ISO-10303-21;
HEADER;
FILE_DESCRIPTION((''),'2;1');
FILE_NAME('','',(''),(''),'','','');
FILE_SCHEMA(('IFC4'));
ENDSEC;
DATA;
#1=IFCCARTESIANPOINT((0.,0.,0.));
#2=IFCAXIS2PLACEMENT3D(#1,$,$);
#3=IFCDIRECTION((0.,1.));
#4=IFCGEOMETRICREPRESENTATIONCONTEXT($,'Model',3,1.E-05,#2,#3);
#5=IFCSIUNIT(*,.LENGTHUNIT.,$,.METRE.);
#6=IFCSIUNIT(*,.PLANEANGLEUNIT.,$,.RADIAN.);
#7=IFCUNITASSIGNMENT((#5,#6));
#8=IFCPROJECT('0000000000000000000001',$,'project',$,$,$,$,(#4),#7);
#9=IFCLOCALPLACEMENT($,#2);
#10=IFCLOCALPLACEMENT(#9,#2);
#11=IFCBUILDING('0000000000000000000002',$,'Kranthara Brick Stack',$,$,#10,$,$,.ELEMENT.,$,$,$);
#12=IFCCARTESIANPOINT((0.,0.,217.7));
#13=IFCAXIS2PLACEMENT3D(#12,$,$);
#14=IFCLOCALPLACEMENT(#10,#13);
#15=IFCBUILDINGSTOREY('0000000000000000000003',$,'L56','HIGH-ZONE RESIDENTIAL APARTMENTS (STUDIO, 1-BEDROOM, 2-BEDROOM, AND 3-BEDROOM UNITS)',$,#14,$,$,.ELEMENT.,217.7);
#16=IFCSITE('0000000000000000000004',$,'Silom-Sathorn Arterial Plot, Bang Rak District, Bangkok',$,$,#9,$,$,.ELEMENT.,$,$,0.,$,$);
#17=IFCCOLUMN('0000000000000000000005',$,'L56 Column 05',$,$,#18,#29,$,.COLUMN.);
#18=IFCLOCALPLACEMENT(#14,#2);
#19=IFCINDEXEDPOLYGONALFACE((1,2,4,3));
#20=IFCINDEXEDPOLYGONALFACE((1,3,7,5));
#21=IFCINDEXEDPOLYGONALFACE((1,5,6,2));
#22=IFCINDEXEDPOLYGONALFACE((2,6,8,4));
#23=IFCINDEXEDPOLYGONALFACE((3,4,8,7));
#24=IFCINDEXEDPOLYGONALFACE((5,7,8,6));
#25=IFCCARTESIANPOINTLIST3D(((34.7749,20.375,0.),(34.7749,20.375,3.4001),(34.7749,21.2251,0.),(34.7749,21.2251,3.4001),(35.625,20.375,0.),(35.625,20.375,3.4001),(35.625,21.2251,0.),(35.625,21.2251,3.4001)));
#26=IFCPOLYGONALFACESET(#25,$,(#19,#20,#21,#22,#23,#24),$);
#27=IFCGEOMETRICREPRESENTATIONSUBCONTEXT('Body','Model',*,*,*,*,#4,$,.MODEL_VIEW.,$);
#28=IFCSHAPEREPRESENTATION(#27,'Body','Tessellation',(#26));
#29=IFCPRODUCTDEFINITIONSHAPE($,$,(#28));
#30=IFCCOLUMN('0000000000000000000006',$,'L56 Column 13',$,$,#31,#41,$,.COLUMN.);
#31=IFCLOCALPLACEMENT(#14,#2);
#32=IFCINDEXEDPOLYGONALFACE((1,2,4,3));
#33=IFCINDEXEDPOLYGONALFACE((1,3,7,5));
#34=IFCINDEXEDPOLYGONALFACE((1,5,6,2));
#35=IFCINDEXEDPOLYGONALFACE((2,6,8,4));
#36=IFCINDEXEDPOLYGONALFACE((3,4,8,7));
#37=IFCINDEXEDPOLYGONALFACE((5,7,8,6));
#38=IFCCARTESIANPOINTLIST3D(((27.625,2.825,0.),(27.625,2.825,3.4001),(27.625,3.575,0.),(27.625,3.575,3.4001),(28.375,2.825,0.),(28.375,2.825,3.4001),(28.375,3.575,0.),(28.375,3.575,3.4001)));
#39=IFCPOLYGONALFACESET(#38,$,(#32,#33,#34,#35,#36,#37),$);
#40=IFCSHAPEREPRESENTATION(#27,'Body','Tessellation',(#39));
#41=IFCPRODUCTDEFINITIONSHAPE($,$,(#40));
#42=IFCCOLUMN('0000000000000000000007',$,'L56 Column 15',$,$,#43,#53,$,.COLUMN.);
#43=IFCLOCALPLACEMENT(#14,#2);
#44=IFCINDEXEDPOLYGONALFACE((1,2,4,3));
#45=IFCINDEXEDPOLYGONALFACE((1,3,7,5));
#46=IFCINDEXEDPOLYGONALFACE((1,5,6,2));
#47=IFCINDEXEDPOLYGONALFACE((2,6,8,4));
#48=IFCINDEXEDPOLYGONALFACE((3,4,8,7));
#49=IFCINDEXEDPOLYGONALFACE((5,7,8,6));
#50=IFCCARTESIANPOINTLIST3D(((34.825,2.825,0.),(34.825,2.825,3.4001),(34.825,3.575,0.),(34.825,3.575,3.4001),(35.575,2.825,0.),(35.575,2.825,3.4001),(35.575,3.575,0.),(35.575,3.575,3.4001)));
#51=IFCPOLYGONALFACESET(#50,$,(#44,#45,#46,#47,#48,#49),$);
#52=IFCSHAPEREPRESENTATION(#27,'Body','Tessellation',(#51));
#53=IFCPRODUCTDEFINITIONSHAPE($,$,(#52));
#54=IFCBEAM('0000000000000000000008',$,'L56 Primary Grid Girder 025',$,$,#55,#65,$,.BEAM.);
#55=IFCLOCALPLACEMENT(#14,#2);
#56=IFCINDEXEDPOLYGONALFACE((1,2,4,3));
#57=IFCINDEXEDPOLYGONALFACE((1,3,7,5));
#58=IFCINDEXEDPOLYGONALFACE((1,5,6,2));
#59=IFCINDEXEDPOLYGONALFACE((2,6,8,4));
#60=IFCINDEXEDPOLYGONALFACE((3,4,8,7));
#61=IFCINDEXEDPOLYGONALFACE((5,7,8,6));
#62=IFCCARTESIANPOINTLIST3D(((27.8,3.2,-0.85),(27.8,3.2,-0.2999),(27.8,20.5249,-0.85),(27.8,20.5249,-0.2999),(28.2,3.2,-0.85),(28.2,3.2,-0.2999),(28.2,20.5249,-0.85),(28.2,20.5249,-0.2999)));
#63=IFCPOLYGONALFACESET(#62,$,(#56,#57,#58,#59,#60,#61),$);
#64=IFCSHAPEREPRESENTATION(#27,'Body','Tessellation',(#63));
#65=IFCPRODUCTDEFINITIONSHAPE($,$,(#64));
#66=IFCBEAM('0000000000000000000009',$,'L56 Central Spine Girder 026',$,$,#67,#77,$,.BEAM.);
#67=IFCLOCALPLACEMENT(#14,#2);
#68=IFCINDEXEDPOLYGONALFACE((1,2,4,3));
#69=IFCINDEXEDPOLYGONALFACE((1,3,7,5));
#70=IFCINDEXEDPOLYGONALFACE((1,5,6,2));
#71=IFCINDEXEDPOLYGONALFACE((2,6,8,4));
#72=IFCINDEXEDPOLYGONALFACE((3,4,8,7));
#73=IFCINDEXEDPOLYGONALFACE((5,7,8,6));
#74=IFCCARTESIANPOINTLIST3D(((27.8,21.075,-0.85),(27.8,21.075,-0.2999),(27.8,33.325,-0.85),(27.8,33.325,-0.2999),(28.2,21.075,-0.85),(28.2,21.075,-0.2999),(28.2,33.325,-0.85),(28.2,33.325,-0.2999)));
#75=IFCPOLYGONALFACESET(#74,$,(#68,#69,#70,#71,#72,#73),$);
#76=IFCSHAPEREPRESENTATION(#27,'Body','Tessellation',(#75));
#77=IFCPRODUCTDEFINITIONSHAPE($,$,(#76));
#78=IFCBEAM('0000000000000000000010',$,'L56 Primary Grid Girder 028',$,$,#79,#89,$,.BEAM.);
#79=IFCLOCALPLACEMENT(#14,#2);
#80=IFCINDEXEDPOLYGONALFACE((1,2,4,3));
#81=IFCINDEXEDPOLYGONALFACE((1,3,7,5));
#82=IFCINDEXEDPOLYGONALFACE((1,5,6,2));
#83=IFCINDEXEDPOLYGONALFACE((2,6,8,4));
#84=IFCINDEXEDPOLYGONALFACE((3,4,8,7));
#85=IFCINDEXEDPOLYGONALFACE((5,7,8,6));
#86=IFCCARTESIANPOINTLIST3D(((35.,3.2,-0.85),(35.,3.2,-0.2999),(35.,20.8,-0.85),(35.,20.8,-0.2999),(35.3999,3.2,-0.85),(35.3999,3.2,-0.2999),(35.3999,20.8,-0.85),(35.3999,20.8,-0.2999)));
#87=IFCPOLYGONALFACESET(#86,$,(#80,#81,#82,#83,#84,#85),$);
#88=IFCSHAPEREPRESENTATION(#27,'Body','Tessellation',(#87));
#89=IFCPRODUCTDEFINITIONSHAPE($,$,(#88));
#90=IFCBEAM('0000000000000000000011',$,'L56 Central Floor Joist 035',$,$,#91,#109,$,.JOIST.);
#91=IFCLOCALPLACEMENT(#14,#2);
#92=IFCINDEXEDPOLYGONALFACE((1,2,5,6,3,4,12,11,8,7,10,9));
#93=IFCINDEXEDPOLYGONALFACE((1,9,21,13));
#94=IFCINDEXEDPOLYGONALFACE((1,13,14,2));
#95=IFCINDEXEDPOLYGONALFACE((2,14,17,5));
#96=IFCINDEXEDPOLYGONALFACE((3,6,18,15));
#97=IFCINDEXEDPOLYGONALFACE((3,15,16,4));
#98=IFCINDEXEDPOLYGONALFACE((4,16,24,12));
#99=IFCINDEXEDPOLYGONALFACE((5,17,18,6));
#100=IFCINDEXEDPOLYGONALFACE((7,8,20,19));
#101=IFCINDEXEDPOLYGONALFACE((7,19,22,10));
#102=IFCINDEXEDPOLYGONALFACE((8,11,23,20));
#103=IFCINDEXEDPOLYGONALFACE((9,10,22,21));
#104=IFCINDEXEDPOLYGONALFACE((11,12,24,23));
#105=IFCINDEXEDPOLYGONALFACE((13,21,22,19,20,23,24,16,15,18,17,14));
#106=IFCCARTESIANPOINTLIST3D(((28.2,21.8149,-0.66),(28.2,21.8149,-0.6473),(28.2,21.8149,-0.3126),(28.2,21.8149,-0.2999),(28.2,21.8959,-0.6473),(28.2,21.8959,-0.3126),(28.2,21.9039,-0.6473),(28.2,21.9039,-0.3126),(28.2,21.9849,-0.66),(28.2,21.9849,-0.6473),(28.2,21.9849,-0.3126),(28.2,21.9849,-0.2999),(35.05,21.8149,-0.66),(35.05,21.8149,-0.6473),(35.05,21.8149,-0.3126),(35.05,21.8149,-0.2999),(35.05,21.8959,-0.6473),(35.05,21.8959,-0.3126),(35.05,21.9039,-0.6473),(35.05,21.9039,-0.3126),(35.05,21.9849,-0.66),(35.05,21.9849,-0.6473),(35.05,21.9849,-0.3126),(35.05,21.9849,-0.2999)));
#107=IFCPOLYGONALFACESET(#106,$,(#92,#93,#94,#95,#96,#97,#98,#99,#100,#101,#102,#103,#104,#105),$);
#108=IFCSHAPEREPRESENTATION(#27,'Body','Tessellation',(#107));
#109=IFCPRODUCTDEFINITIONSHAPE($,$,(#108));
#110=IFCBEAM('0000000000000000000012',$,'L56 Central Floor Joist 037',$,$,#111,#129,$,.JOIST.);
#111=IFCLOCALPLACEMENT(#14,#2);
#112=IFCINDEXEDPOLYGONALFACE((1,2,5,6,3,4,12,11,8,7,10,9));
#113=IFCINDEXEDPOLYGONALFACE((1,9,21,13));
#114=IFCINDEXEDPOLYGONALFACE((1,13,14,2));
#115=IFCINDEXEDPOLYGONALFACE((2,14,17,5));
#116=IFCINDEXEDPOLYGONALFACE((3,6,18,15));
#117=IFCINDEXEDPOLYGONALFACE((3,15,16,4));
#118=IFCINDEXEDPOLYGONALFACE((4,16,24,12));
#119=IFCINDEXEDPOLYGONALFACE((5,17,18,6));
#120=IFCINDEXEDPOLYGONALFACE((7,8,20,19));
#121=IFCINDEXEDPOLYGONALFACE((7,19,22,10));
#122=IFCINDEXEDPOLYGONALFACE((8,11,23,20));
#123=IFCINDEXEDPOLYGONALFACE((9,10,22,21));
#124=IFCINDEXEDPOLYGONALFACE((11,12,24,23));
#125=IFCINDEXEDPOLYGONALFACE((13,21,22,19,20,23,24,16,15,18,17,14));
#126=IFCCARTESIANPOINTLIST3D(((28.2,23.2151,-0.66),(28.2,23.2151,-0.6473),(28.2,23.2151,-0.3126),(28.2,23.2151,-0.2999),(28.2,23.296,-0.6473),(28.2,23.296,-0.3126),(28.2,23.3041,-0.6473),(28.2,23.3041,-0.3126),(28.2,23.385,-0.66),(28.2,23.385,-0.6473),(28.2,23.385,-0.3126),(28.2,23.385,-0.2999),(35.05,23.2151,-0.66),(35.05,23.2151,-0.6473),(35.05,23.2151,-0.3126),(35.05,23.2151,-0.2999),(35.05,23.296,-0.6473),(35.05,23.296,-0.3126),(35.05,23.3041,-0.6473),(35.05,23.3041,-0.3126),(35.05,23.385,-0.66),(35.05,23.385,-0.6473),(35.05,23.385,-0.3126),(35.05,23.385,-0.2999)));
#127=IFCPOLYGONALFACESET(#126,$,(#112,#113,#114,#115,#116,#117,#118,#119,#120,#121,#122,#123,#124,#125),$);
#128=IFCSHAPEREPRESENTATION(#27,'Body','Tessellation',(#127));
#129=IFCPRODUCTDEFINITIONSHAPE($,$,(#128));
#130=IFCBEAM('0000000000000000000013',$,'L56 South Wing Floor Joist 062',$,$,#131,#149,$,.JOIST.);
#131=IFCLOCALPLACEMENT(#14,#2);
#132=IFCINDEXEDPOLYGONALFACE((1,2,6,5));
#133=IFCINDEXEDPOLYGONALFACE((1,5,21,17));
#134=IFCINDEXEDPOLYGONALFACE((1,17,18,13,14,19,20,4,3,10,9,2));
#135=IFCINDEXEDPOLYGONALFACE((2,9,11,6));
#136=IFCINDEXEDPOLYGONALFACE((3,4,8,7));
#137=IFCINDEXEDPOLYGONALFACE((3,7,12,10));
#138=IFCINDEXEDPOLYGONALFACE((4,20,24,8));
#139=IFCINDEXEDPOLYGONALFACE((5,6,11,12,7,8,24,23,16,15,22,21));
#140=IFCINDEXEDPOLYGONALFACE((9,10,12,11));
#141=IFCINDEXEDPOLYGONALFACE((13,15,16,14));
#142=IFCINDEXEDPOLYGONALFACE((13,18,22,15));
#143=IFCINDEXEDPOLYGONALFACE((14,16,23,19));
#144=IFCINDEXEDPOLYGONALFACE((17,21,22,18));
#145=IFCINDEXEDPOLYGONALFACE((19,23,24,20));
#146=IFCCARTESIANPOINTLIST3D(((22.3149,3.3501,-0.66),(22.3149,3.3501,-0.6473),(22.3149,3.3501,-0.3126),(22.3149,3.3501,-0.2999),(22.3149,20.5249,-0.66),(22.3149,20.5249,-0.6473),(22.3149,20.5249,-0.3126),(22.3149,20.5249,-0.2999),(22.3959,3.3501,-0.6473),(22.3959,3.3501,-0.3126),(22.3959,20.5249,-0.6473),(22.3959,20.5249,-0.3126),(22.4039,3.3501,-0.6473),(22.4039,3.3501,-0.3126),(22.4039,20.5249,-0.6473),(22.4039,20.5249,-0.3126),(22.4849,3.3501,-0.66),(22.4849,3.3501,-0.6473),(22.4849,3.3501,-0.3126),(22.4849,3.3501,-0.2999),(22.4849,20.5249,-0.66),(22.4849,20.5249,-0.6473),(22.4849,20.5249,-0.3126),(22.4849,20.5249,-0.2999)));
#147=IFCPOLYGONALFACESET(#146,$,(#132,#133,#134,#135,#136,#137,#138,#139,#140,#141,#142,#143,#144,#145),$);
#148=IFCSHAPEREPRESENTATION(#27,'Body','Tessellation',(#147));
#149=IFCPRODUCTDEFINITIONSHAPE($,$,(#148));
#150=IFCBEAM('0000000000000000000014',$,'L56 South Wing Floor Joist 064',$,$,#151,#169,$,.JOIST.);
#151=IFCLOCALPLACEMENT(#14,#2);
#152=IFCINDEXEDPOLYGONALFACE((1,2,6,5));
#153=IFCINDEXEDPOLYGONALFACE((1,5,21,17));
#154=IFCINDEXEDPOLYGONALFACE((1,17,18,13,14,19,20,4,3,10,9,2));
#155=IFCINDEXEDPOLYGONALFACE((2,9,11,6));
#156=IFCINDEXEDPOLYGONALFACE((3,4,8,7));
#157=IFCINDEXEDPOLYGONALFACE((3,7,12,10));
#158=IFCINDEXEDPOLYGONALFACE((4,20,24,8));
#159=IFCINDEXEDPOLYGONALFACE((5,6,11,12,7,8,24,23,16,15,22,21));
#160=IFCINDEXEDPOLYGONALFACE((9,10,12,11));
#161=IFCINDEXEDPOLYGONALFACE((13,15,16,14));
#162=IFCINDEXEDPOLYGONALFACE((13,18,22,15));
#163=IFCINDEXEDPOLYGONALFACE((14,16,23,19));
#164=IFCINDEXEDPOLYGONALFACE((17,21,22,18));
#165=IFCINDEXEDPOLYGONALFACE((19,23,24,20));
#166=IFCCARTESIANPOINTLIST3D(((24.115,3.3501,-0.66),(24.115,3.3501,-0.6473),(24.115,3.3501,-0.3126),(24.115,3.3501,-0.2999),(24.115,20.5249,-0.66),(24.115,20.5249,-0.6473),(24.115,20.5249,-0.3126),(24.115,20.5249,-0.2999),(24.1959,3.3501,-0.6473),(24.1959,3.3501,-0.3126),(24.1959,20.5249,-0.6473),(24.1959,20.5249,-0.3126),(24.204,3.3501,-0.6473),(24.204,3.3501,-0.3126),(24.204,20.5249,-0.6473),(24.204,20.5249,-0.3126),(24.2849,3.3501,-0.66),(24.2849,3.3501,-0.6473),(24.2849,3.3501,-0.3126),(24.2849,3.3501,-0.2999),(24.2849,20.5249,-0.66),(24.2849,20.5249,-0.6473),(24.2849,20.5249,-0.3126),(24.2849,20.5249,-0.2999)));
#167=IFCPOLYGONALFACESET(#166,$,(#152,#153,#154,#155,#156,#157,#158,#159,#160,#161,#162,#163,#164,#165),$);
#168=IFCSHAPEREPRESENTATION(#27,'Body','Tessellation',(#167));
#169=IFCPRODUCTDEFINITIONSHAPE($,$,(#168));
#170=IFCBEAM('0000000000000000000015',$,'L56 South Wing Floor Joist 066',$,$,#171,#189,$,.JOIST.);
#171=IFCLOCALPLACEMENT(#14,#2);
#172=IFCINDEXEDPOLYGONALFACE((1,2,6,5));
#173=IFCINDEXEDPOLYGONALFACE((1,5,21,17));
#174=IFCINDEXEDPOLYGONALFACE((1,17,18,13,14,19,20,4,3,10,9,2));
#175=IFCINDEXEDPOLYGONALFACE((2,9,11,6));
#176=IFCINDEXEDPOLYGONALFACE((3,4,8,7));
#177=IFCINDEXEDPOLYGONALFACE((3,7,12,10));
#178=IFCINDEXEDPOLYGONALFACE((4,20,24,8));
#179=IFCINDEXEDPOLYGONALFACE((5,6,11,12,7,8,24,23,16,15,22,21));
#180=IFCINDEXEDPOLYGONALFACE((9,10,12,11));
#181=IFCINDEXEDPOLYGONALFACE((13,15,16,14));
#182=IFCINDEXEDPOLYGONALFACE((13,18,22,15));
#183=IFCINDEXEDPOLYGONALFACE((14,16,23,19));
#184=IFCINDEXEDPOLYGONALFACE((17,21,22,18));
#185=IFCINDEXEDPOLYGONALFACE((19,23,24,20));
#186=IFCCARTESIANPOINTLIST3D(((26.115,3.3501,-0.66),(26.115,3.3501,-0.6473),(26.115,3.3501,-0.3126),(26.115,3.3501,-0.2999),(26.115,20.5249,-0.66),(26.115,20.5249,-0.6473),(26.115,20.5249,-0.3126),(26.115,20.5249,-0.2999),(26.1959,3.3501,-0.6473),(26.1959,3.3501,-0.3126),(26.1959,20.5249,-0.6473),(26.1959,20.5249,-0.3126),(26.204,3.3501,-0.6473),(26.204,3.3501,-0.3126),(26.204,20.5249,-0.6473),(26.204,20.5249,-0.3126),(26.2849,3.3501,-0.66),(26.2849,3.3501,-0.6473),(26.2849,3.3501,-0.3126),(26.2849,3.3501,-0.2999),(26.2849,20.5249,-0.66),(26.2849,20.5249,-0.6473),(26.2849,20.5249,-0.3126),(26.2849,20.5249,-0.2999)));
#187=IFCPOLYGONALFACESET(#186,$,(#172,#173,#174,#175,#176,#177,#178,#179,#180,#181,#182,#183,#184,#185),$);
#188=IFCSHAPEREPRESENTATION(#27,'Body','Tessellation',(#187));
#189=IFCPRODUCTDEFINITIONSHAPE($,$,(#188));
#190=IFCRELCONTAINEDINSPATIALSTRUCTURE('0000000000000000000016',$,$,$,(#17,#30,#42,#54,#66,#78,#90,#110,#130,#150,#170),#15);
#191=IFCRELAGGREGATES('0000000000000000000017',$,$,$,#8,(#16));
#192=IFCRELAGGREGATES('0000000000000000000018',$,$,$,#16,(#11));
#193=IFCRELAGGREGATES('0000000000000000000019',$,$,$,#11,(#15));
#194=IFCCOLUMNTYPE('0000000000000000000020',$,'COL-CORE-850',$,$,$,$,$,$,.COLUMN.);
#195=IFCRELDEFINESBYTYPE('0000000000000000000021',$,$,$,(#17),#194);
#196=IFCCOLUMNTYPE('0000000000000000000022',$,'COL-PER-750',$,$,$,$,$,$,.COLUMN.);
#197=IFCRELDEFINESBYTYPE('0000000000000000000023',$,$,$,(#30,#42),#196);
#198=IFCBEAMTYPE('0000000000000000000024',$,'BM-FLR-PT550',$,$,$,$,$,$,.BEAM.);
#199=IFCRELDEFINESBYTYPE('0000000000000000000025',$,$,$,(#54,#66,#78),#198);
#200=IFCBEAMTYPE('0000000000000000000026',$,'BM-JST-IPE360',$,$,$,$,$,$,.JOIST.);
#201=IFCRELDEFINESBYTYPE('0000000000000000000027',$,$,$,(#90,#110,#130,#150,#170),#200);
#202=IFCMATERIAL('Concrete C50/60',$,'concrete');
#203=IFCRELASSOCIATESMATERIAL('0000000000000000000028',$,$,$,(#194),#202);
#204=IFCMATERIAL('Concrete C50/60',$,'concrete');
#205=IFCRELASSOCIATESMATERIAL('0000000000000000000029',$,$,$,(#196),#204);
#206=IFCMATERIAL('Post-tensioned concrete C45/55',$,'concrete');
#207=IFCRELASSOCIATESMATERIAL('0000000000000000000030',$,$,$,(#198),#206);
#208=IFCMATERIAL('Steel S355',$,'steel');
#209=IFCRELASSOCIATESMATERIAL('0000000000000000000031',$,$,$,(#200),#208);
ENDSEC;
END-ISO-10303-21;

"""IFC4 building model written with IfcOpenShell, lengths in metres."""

from ifc_helpers import new_model, si_unit, direction, frame, origin, origin_2d, place, context, subcontext, project, spatial, rectangle, i_section, extrude, material, material_profile, profile_set, type_object, element, save


model = new_model("IFC4")

# Units and contexts
model_context = context("Model", 3, precision=1e-05, world=origin(), true_north=direction((0.0, 1.0)))
body_context = subcontext(model_context, "Body", "Model", "MODEL_VIEW")
ifc_project = project(units=[si_unit("LENGTHUNIT", "METRE"), si_unit("PLANEANGLEUNIT", "RADIAN")], contexts=[model_context])

# Site, building, storey
site_placement = place(None, origin())
site = spatial("IfcSite", under=ifc_project, at=site_placement, Name="Silom-Sathorn Arterial Plot, Bang Rak District, Bangkok", CompositionType="ELEMENT", RefElevation=0.0)
building_placement = place(site_placement, origin())
building = spatial("IfcBuilding", under=site, at=building_placement, Name="Kranthara Brick Stack", CompositionType="ELEMENT")
storey_placement = place(building_placement, frame((0.0, 0.0, 217.7)))
storey = spatial("IfcBuildingStorey", under=building, at=storey_placement, Name="L56", Description="HIGH-ZONE RESIDENTIAL APARTMENTS (STUDIO, 1-BEDROOM, 2-BEDROOM, AND 3-BEDROOM UNITS)", CompositionType="ELEMENT", Elevation=217.7)

# Columns
ifc_material_1 = material(Name="Concrete C50/60", Category="concrete")
ifc_material_profile_1 = material_profile(ifc_material_1, rectangle(XDim=0.8501, YDim=0.8501, at=origin_2d()), Name="RC 850x850")
ifc_profile_set_1 = profile_set([ifc_material_profile_1], Name="Concrete C50/60")
column_type_1 = type_object("IfcColumnType", Name="COL-CORE-850", PredefinedType="COLUMN", material=ifc_profile_set_1)
column_placement = place(storey_placement, frame((35.2, 20.8, 0.0), z_axis=(0.0, 0.0, 1.0), x_axis=(1.0, 0.0, 0.0)))
element("IfcColumn", 1, at=column_placement, inside=storey, type_object=column_type_1, Name="L56 Column 05", PredefinedType="COLUMN", context=body_context, shape_type="SweptSolid", body=[
    extrude(rectangle(XDim=0.8501, YDim=0.8501, at=origin_2d()), origin(), (0.0, 0.0, 1.0), 3.4001),
])
ifc_material_2 = material(Name="Concrete C50/60", Category="concrete")
ifc_material_profile_2 = material_profile(ifc_material_2, rectangle(XDim=0.75, YDim=0.75, at=origin_2d()), Name="RC 750x750")
ifc_profile_set_2 = profile_set([ifc_material_profile_2], Name="Concrete C50/60")
column_type_2 = type_object("IfcColumnType", Name="COL-PER-750", PredefinedType="COLUMN", material=ifc_profile_set_2)
for number, where, z_axis, x_axis, name in (
    (2, (28.0, 3.2, 0.0), (0.0, 0.0, 1.0), (1.0, 0.0, 0.0), "L56 Column 13"),
    (3, (35.2, 3.2, 0.0), (0.0, 0.0, 1.0), (1.0, 0.0, 0.0), "L56 Column 15"),
):
    element("IfcColumn", number, at=place(storey_placement, frame(where, z_axis=z_axis, x_axis=x_axis)), inside=storey, type_object=column_type_2, Name=name, PredefinedType="COLUMN", context=body_context, shape_type="SweptSolid", body=[
        extrude(rectangle(XDim=0.75, YDim=0.75, at=origin_2d()), origin(), (0.0, 0.0, 1.0), 3.4001),
    ])

# Beams
ifc_material_3 = material(Name="Post-tensioned concrete C45/55", Category="concrete")
ifc_material_profile_3 = material_profile(ifc_material_3, rectangle(XDim=0.3999, YDim=0.55, at=origin_2d()), Name="PT 400x550")
ifc_profile_set_3 = profile_set([ifc_material_profile_3], Name="Post-tensioned concrete C45/55")
beam_type_1 = type_object("IfcBeamType", Name="BM-FLR-PT550", PredefinedType="BEAM", material=ifc_profile_set_3)
beam_1_placement = place(storey_placement, frame((28.0, 3.2, -0.575), z_axis=(0.0, 1.0, 0.0), x_axis=(-1.0, 0.0, 0.0)))
element("IfcBeam", 4, at=beam_1_placement, inside=storey, type_object=beam_type_1, Name="L56 Primary Grid Girder 025", PredefinedType="BEAM", context=body_context, shape_type="SweptSolid", body=[
    extrude(rectangle(XDim=0.3999, YDim=0.55, at=origin_2d()), origin(), (0.0, 0.0, 1.0), 17.325),
])
beam_2_placement = place(storey_placement, frame((28.0, 21.075, -0.575), z_axis=(0.0, 1.0, 0.0), x_axis=(-1.0, 0.0, 0.0)))
element("IfcBeam", 5, at=beam_2_placement, inside=storey, type_object=beam_type_1, Name="L56 Central Spine Girder 026", PredefinedType="BEAM", context=body_context, shape_type="SweptSolid", body=[
    extrude(rectangle(XDim=0.3999, YDim=0.55, at=origin_2d()), origin(), (0.0, 0.0, 1.0), 12.25),
])
beam_3_placement = place(storey_placement, frame((35.2, 3.2, -0.575), z_axis=(0.0, 1.0, 0.0), x_axis=(-1.0, 0.0, 0.0)))
element("IfcBeam", 6, at=beam_3_placement, inside=storey, type_object=beam_type_1, Name="L56 Primary Grid Girder 028", PredefinedType="BEAM", context=body_context, shape_type="SweptSolid", body=[
    extrude(rectangle(XDim=0.3999, YDim=0.55, at=origin_2d()), origin(), (0.0, 0.0, 1.0), 17.6001),
])
ifc_material_4 = material(Name="Steel S355", Category="steel")
ifc_material_profile_4 = material_profile(ifc_material_4, i_section(OverallWidth=0.1699, OverallDepth=0.3601, WebThickness=0.0081, FlangeThickness=0.0127, at=origin_2d()), Name="IPE 360")
ifc_profile_set_4 = profile_set([ifc_material_profile_4], Name="Steel S355")
beam_type_2 = type_object("IfcBeamType", Name="BM-JST-IPE360", PredefinedType="JOIST", material=ifc_profile_set_4)
for number, where, z_axis, x_axis, name in (
    (7, (28.2, 21.8999, -0.48), (1.0, 0.0, 0.0), (0.0, 1.0, 0.0), "L56 Central Floor Joist 035"),
    (8, (28.2, 23.3, -0.48), (1.0, 0.0, 0.0), (0.0, 1.0, 0.0), "L56 Central Floor Joist 037"),
):
    element("IfcBeam", number, at=place(storey_placement, frame(where, z_axis=z_axis, x_axis=x_axis)), inside=storey, type_object=beam_type_2, Name=name, PredefinedType="JOIST", context=body_context, shape_type="SweptSolid", body=[
        extrude(i_section(OverallWidth=0.1699, OverallDepth=0.3601, WebThickness=0.0081, FlangeThickness=0.0127, at=origin_2d()), origin(), (0.0, 0.0, 1.0), 6.8501),
    ])
for number, where, z_axis, x_axis, name in (
    (9, (22.3999, 3.3501, -0.48), (0.0, 1.0, 0.0), (-1.0, 0.0, 0.0), "L56 South Wing Floor Joist 062"),
    (10, (24.2, 3.3501, -0.48), (0.0, 1.0, 0.0), (-1.0, 0.0, 0.0), "L56 South Wing Floor Joist 064"),
    (11, (26.2, 3.3501, -0.48), (0.0, 1.0, 0.0), (-1.0, 0.0, 0.0), "L56 South Wing Floor Joist 066"),
):
    element("IfcBeam", number, at=place(storey_placement, frame(where, z_axis=z_axis, x_axis=x_axis)), inside=storey, type_object=beam_type_2, Name=name, PredefinedType="JOIST", context=body_context, shape_type="SweptSolid", body=[
        extrude(i_section(OverallWidth=0.1699, OverallDepth=0.3601, WebThickness=0.0081, FlangeThickness=0.0127, at=origin_2d()), origin(), (0.0, 0.0, 1.0), 17.1748),
    ])

save(model, "model.ifc")
